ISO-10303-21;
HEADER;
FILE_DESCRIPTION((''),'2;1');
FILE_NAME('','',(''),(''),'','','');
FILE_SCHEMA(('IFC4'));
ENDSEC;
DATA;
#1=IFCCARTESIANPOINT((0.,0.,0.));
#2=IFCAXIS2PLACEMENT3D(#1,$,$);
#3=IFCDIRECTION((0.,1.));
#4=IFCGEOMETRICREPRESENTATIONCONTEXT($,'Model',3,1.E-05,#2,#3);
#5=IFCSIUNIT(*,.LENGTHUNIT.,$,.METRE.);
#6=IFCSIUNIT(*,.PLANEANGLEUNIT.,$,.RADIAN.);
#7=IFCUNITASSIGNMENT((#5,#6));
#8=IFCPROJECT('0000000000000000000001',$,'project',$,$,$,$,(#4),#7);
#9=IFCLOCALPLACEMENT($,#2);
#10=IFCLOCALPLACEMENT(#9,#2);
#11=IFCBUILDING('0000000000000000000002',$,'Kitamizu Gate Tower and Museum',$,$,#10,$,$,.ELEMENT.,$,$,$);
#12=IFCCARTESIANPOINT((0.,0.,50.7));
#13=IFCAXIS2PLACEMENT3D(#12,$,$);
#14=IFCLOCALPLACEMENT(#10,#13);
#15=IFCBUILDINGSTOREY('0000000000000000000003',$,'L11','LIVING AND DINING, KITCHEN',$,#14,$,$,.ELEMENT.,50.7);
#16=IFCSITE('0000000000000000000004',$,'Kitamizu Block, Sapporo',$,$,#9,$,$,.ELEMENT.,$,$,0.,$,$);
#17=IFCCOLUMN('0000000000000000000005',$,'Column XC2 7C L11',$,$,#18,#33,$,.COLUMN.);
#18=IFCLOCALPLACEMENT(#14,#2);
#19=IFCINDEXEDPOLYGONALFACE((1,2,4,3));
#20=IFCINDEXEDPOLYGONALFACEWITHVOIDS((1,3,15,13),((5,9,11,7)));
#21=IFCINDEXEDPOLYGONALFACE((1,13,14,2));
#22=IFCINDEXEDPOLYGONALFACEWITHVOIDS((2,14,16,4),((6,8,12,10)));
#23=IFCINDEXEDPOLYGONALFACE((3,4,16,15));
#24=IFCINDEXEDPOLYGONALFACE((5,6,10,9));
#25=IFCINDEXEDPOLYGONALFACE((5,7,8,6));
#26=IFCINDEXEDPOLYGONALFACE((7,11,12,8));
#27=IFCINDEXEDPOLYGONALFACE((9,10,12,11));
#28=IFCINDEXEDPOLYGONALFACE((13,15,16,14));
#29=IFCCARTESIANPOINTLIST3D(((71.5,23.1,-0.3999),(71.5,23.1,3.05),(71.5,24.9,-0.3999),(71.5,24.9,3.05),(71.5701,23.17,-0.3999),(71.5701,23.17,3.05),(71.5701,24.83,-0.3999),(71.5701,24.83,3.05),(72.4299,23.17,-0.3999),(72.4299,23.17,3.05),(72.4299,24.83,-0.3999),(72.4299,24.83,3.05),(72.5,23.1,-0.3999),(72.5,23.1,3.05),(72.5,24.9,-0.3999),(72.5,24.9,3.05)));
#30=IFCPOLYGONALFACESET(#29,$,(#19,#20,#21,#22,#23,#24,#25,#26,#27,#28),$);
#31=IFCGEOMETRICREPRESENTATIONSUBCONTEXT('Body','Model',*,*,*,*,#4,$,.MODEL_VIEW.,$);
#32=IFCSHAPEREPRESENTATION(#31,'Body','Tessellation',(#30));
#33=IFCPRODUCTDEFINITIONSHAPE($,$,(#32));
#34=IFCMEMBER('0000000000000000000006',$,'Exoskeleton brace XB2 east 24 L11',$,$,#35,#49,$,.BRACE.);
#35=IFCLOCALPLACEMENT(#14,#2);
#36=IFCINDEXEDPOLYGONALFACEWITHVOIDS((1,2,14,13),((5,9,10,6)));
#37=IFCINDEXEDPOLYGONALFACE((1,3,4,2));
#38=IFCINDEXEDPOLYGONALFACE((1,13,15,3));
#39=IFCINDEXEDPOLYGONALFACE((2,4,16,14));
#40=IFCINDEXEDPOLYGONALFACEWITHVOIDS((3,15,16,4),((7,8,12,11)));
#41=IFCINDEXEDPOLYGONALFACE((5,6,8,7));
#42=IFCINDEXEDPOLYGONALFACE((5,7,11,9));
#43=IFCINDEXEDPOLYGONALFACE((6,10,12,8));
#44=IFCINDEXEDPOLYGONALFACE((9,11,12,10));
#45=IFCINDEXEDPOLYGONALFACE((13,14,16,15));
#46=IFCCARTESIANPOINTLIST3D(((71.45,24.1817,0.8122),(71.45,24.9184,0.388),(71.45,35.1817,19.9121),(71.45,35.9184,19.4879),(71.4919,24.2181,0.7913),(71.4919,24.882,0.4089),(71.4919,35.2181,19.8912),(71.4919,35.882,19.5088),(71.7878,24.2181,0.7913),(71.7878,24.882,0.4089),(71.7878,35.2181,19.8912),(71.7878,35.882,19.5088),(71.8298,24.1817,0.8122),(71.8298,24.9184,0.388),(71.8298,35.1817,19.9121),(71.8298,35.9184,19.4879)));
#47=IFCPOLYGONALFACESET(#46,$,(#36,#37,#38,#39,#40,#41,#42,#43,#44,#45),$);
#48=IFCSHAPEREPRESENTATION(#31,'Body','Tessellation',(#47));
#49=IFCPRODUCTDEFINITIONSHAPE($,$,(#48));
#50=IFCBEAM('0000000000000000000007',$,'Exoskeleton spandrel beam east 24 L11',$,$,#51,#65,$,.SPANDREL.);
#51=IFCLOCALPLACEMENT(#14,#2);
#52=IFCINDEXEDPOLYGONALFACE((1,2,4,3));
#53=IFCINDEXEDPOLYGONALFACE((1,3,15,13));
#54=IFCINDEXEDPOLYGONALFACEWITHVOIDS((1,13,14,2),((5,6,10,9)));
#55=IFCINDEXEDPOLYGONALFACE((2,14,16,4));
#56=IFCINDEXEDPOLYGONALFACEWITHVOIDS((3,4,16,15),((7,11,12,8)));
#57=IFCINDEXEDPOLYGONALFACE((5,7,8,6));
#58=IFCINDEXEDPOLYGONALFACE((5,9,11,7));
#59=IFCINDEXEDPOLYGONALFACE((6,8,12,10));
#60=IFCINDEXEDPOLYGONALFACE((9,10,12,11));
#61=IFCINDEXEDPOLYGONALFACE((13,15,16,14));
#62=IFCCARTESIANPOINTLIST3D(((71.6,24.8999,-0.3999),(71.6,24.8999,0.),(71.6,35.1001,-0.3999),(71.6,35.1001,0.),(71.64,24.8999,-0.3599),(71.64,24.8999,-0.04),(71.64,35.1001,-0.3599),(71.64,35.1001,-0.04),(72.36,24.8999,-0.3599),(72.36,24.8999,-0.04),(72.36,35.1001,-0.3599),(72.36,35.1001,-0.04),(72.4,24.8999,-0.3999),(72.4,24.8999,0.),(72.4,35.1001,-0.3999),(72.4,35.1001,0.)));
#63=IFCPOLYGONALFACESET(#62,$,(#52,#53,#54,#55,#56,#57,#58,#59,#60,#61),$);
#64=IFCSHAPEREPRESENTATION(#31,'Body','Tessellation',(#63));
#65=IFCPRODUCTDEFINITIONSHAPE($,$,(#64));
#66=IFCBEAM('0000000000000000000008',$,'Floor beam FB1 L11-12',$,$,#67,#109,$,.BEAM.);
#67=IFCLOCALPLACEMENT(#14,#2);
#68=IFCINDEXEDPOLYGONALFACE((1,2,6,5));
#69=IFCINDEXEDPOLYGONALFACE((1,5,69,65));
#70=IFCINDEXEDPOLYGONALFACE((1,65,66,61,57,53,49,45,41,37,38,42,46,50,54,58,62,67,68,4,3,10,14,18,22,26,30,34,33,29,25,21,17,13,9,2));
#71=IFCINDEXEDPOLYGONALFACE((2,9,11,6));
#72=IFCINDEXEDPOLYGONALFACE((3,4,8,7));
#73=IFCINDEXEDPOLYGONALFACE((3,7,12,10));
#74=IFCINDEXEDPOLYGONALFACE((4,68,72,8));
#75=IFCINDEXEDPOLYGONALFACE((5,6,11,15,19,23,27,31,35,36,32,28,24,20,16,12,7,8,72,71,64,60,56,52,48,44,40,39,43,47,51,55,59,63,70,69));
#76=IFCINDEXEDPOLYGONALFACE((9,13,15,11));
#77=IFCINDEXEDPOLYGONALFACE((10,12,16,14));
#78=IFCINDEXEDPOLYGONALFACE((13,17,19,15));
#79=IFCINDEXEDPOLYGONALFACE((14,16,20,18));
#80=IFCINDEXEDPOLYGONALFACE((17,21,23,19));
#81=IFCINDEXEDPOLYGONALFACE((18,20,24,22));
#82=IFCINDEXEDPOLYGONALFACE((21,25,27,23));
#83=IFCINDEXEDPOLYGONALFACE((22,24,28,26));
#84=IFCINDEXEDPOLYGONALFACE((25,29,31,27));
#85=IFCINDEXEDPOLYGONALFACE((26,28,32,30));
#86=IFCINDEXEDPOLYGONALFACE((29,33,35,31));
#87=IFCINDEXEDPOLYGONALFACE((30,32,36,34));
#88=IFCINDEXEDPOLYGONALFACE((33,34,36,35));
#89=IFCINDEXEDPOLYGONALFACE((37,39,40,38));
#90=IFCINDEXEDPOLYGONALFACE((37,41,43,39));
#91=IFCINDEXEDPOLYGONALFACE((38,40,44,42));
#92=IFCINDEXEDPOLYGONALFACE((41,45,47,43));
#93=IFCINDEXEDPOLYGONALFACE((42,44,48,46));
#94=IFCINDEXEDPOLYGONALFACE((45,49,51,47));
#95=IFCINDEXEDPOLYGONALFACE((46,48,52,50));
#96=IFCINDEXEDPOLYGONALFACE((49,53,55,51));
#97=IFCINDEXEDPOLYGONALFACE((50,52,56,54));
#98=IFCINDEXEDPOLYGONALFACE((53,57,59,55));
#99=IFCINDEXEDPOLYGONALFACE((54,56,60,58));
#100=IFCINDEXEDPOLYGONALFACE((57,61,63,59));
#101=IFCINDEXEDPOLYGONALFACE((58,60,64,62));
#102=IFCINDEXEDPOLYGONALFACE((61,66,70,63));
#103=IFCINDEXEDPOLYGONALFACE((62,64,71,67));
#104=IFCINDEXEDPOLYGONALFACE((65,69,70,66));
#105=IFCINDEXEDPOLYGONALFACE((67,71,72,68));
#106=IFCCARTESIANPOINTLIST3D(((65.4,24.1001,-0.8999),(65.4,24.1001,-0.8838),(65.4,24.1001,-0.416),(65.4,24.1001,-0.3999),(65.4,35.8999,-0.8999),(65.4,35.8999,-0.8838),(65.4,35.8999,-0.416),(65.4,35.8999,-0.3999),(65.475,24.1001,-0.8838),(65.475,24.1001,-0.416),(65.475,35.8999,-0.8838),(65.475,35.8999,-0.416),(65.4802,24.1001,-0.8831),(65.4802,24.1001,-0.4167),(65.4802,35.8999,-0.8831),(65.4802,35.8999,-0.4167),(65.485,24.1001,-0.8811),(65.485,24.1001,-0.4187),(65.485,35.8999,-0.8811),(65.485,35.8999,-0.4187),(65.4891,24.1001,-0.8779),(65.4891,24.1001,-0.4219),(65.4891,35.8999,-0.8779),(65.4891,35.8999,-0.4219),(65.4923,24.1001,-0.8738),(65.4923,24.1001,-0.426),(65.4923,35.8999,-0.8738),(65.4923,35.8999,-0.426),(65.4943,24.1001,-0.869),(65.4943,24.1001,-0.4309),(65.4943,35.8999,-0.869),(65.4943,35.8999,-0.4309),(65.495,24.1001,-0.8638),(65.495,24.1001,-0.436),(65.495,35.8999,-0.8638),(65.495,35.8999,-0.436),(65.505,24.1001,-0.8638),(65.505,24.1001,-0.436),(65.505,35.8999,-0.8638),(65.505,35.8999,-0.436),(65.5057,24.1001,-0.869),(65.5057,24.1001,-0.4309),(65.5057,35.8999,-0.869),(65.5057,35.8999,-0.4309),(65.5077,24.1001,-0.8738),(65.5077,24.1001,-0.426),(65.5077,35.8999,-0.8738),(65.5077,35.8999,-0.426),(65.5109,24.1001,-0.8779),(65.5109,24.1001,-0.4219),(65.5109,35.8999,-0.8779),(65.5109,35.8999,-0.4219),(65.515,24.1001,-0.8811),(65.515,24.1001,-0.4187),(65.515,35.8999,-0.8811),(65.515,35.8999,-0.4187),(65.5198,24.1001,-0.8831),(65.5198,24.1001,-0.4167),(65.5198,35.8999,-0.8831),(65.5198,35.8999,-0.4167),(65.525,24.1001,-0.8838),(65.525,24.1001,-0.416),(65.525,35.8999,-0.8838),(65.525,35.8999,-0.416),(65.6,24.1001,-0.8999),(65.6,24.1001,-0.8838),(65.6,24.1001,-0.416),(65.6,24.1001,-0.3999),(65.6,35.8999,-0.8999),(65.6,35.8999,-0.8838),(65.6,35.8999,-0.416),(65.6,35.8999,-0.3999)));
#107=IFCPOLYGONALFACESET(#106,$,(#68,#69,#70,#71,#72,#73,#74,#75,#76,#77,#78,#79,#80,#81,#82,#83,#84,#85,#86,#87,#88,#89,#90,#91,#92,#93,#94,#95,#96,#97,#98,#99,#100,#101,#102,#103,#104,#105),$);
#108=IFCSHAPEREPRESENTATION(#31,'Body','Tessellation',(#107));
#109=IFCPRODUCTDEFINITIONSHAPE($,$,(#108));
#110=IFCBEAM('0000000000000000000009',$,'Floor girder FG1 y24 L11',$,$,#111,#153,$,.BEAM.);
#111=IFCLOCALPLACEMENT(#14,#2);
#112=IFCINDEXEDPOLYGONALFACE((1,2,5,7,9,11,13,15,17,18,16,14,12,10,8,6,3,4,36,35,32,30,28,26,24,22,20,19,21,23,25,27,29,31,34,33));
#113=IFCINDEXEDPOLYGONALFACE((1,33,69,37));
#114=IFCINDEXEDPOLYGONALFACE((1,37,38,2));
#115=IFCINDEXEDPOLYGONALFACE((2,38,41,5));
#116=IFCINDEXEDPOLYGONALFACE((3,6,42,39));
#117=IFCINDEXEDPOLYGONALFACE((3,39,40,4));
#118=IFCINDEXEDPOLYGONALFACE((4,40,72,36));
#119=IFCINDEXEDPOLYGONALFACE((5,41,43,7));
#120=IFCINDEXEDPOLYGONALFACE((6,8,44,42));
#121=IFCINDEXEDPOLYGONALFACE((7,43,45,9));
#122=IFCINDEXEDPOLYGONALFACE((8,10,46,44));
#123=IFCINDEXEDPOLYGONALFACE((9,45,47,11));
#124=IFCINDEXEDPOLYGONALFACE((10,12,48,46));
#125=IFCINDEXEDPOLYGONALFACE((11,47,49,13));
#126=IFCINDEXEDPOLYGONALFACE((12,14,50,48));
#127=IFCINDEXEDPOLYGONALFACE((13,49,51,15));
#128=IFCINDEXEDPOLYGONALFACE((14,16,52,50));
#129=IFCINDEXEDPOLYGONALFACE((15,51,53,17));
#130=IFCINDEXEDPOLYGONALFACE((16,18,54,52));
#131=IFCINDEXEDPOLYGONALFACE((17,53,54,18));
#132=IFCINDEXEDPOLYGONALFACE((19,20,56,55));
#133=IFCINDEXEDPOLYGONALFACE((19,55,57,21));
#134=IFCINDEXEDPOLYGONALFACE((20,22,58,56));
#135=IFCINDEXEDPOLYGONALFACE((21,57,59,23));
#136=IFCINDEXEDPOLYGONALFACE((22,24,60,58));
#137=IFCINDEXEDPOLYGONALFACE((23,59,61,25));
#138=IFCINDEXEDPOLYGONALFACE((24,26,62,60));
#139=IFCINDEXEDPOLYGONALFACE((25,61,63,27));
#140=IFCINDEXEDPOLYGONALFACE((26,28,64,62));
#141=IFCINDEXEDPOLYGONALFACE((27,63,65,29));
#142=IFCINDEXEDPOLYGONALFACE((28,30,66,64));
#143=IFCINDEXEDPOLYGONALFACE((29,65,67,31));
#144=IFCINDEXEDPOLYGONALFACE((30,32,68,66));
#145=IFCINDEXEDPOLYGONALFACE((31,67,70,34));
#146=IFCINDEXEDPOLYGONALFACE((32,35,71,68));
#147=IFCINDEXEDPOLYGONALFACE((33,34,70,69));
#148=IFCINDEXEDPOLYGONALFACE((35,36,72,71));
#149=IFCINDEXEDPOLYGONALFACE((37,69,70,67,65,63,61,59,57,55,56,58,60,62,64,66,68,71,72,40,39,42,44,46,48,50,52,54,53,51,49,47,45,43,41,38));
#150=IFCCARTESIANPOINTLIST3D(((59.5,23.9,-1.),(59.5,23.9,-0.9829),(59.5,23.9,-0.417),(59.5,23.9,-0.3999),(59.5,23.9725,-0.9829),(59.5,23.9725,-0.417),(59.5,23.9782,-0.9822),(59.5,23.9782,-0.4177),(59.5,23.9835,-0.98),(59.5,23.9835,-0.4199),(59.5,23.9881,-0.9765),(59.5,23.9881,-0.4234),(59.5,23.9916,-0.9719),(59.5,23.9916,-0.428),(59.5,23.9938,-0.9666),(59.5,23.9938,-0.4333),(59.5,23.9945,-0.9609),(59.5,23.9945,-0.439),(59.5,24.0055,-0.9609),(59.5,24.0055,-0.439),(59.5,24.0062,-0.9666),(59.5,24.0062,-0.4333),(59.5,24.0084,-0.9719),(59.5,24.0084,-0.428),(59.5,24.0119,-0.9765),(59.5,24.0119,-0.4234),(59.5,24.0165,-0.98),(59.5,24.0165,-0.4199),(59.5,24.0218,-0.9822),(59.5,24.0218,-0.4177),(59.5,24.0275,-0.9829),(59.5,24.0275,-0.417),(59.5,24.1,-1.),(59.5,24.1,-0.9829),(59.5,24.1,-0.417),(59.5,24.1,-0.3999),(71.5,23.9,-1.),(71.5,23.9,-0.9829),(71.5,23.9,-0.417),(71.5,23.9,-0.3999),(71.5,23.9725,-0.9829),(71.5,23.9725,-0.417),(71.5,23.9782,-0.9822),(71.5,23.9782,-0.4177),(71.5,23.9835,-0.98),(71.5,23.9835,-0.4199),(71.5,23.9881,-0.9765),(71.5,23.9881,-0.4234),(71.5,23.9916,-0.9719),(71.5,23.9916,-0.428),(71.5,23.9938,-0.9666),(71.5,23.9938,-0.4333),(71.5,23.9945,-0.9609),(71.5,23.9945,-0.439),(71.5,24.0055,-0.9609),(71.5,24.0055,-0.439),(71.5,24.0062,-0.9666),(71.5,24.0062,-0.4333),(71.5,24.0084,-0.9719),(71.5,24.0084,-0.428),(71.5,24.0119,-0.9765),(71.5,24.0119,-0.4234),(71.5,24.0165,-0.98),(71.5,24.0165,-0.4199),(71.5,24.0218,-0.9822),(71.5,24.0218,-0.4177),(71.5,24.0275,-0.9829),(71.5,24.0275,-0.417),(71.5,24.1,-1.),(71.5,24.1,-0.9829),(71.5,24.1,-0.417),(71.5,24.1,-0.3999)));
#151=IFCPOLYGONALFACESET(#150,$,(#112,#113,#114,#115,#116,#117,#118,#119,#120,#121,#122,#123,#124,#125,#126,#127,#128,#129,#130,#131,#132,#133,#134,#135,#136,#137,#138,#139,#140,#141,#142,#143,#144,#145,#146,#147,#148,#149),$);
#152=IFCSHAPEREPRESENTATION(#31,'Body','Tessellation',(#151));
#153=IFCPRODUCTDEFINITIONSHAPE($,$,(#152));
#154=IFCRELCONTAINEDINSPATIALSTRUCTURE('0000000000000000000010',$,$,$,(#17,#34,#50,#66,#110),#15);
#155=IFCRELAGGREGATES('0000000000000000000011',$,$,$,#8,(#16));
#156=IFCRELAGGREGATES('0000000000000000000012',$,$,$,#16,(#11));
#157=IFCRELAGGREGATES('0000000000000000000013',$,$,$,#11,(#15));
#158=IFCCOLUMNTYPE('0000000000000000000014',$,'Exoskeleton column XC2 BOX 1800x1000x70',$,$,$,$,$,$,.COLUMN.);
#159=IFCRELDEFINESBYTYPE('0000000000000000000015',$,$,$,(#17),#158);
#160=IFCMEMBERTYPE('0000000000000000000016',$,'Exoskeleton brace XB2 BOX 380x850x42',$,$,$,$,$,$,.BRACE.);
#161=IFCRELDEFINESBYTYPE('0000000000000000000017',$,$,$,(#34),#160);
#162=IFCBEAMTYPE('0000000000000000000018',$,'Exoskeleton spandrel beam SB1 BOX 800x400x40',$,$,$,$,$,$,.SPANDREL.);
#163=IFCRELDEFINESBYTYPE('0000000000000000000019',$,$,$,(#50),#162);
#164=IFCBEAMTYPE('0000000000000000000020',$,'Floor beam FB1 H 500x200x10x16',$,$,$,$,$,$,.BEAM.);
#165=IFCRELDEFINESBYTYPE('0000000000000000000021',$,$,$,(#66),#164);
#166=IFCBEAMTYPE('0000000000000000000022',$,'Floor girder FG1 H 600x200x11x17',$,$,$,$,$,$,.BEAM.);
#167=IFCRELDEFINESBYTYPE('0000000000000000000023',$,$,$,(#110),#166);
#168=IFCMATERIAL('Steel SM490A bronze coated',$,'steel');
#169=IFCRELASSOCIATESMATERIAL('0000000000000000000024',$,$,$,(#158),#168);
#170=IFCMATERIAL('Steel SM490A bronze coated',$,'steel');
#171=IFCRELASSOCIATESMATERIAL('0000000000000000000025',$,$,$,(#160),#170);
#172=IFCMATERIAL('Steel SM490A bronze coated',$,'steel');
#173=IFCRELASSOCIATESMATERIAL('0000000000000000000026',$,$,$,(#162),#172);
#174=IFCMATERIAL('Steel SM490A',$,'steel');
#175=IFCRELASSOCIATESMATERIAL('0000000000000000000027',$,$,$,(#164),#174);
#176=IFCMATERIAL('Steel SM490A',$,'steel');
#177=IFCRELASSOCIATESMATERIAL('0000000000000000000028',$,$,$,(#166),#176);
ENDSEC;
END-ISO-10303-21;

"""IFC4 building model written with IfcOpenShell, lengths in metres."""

from ifc_helpers import new_model, si_unit, direction, frame, origin, origin_2d, place, context, subcontext, project, spatial, hollow_rectangle, i_section, extrude, material, material_profile, profile_set, type_object, element, save


model = new_model("IFC4")

# Units and contexts
model_context = context("Model", 3, precision=1e-05, world=origin(), true_north=direction((0.0, 1.0)))
body_context = subcontext(model_context, "Body", "Model", "MODEL_VIEW")
ifc_project = project(units=[si_unit("LENGTHUNIT", "METRE"), si_unit("PLANEANGLEUNIT", "RADIAN")], contexts=[model_context])

# Site, building, storey
site_placement = place(None, origin())
site = spatial("IfcSite", under=ifc_project, at=site_placement, Name="Kitamizu Block, Sapporo", CompositionType="ELEMENT", RefElevation=0.0)
building_placement = place(site_placement, origin())
building = spatial("IfcBuilding", under=site, at=building_placement, Name="Kitamizu Gate Tower and Museum", CompositionType="ELEMENT")
storey_placement = place(building_placement, frame((0.0, 0.0, 50.7)))
storey = spatial("IfcBuildingStorey", under=building, at=storey_placement, Name="L11", Description="LIVING AND DINING, KITCHEN", CompositionType="ELEMENT", Elevation=50.7)

# Column
ifc_material_1 = material(Name="Steel SM490A bronze coated", Category="steel")
ifc_material_profile_1 = material_profile(ifc_material_1, hollow_rectangle(XDim=1.8, YDim=1.0, WallThickness=0.0701, at=origin_2d()), Name="BOX 1800x1000x70")
ifc_profile_set_1 = profile_set([ifc_material_profile_1], Name="Steel SM490A bronze coated")
column_type = type_object("IfcColumnType", Name="Exoskeleton column XC2 BOX 1800x1000x70", PredefinedType="COLUMN", material=ifc_profile_set_1)
column_placement = place(storey_placement, frame((72.0, 24.0, -0.3999), z_axis=(0.0, 0.0, 1.0), x_axis=(0.0, 1.0, 0.0)))
element("IfcColumn", 1, at=column_placement, inside=storey, type_object=column_type, Name="Column XC2 7C L11", PredefinedType="COLUMN", context=body_context, shape_type="SweptSolid", body=[
    extrude(hollow_rectangle(XDim=1.8, YDim=1.0, WallThickness=0.0701, at=origin_2d()), origin(), (0.0, 0.0, 1.0), 3.45),
])

# Member
ifc_material_2 = material(Name="Steel SM490A bronze coated", Category="steel")
ifc_material_profile_2 = material_profile(ifc_material_2, hollow_rectangle(XDim=0.3799, YDim=0.8501, WallThickness=0.042, at=origin_2d()), Name="BOX 380x850x42")
ifc_profile_set_2 = profile_set([ifc_material_profile_2], Name="Steel SM490A bronze coated")
member_type = type_object("IfcMemberType", Name="Exoskeleton brace XB2 BOX 380x850x42", PredefinedType="BRACE", material=ifc_profile_set_2)
member_placement = place(storey_placement, frame((71.6399, 24.55, 0.6001), z_axis=(0.0, 0.499071, 0.866561), x_axis=(-1.0, 0.0, 0.0)))
element("IfcMember", 2, at=member_placement, inside=storey, type_object=member_type, Name="Exoskeleton brace XB2 east 24 L11", PredefinedType="BRACE", context=body_context, shape_type="SweptSolid", body=[
    extrude(hollow_rectangle(XDim=0.3799, YDim=0.8501, WallThickness=0.042, at=origin_2d()), origin(), (0.0, 0.0, 1.0), 22.041),
])

# Beams
ifc_material_3 = material(Name="Steel SM490A bronze coated", Category="steel")
ifc_material_profile_3 = material_profile(ifc_material_3, hollow_rectangle(XDim=0.8, YDim=0.3999, WallThickness=0.04, at=origin_2d()), Name="BOX 800x400x40")
ifc_profile_set_3 = profile_set([ifc_material_profile_3], Name="Steel SM490A bronze coated")
beam_type_1 = type_object("IfcBeamType", Name="Exoskeleton spandrel beam SB1 BOX 800x400x40", PredefinedType="SPANDREL", material=ifc_profile_set_3)
beam_1_placement = place(storey_placement, frame((72.0, 24.8999, -0.2), z_axis=(0.0, 1.0, 0.0), x_axis=(-1.0, 0.0, 0.0)))
element("IfcBeam", 3, at=beam_1_placement, inside=storey, type_object=beam_type_1, Name="Exoskeleton spandrel beam east 24 L11", PredefinedType="SPANDREL", context=body_context, shape_type="SweptSolid", body=[
    extrude(hollow_rectangle(XDim=0.8, YDim=0.3999, WallThickness=0.04, at=origin_2d()), origin(), (0.0, 0.0, 1.0), 10.2002),
])
ifc_material_4 = material(Name="Steel SM490A", Category="steel")
ifc_material_profile_4 = material_profile(ifc_material_4, i_section(OverallWidth=0.2, OverallDepth=0.5, WebThickness=0.01, FlangeThickness=0.0161, FilletRadius=0.02, at=origin_2d()), Name="H-500x200x10x16")
ifc_profile_set_4 = profile_set([ifc_material_profile_4], Name="Steel SM490A")
beam_type_2 = type_object("IfcBeamType", Name="Floor beam FB1 H 500x200x10x16", PredefinedType="BEAM", material=ifc_profile_set_4)
beam_2_placement = place(storey_placement, frame((65.5, 24.1001, -0.6499), z_axis=(0.0, 1.0, 0.0), x_axis=(-1.0, 0.0, 0.0)))
element("IfcBeam", 4, at=beam_2_placement, inside=storey, type_object=beam_type_2, Name="Floor beam FB1 L11-12", PredefinedType="BEAM", context=body_context, shape_type="SweptSolid", body=[
    extrude(i_section(OverallWidth=0.2, OverallDepth=0.5, WebThickness=0.01, FlangeThickness=0.0161, FilletRadius=0.02, at=origin_2d()), origin(), (0.0, 0.0, 1.0), 11.7998),
])
ifc_material_5 = material(Name="Steel SM490A", Category="steel")
ifc_material_profile_5 = material_profile(ifc_material_5, i_section(OverallWidth=0.2, OverallDepth=0.6001, WebThickness=0.011, FlangeThickness=0.0171, FilletRadius=0.022, at=origin_2d()), Name="H-600x200x11x17")
ifc_profile_set_5 = profile_set([ifc_material_profile_5], Name="Steel SM490A")
beam_type_3 = type_object("IfcBeamType", Name="Floor girder FG1 H 600x200x11x17", PredefinedType="BEAM", material=ifc_profile_set_5)
beam_3_placement = place(storey_placement, frame((59.5, 24.0, -0.7), z_axis=(1.0, 0.0, 0.0), x_axis=(0.0, 1.0, 0.0)))
element("IfcBeam", 5, at=beam_3_placement, inside=storey, type_object=beam_type_3, Name="Floor girder FG1 y24 L11", PredefinedType="BEAM", context=body_context, shape_type="SweptSolid", body=[
    extrude(i_section(OverallWidth=0.2, OverallDepth=0.6001, WebThickness=0.011, FlangeThickness=0.0171, FilletRadius=0.022, at=origin_2d()), origin(), (0.0, 0.0, 1.0), 12.0),
])

save(model, "model.ifc")
